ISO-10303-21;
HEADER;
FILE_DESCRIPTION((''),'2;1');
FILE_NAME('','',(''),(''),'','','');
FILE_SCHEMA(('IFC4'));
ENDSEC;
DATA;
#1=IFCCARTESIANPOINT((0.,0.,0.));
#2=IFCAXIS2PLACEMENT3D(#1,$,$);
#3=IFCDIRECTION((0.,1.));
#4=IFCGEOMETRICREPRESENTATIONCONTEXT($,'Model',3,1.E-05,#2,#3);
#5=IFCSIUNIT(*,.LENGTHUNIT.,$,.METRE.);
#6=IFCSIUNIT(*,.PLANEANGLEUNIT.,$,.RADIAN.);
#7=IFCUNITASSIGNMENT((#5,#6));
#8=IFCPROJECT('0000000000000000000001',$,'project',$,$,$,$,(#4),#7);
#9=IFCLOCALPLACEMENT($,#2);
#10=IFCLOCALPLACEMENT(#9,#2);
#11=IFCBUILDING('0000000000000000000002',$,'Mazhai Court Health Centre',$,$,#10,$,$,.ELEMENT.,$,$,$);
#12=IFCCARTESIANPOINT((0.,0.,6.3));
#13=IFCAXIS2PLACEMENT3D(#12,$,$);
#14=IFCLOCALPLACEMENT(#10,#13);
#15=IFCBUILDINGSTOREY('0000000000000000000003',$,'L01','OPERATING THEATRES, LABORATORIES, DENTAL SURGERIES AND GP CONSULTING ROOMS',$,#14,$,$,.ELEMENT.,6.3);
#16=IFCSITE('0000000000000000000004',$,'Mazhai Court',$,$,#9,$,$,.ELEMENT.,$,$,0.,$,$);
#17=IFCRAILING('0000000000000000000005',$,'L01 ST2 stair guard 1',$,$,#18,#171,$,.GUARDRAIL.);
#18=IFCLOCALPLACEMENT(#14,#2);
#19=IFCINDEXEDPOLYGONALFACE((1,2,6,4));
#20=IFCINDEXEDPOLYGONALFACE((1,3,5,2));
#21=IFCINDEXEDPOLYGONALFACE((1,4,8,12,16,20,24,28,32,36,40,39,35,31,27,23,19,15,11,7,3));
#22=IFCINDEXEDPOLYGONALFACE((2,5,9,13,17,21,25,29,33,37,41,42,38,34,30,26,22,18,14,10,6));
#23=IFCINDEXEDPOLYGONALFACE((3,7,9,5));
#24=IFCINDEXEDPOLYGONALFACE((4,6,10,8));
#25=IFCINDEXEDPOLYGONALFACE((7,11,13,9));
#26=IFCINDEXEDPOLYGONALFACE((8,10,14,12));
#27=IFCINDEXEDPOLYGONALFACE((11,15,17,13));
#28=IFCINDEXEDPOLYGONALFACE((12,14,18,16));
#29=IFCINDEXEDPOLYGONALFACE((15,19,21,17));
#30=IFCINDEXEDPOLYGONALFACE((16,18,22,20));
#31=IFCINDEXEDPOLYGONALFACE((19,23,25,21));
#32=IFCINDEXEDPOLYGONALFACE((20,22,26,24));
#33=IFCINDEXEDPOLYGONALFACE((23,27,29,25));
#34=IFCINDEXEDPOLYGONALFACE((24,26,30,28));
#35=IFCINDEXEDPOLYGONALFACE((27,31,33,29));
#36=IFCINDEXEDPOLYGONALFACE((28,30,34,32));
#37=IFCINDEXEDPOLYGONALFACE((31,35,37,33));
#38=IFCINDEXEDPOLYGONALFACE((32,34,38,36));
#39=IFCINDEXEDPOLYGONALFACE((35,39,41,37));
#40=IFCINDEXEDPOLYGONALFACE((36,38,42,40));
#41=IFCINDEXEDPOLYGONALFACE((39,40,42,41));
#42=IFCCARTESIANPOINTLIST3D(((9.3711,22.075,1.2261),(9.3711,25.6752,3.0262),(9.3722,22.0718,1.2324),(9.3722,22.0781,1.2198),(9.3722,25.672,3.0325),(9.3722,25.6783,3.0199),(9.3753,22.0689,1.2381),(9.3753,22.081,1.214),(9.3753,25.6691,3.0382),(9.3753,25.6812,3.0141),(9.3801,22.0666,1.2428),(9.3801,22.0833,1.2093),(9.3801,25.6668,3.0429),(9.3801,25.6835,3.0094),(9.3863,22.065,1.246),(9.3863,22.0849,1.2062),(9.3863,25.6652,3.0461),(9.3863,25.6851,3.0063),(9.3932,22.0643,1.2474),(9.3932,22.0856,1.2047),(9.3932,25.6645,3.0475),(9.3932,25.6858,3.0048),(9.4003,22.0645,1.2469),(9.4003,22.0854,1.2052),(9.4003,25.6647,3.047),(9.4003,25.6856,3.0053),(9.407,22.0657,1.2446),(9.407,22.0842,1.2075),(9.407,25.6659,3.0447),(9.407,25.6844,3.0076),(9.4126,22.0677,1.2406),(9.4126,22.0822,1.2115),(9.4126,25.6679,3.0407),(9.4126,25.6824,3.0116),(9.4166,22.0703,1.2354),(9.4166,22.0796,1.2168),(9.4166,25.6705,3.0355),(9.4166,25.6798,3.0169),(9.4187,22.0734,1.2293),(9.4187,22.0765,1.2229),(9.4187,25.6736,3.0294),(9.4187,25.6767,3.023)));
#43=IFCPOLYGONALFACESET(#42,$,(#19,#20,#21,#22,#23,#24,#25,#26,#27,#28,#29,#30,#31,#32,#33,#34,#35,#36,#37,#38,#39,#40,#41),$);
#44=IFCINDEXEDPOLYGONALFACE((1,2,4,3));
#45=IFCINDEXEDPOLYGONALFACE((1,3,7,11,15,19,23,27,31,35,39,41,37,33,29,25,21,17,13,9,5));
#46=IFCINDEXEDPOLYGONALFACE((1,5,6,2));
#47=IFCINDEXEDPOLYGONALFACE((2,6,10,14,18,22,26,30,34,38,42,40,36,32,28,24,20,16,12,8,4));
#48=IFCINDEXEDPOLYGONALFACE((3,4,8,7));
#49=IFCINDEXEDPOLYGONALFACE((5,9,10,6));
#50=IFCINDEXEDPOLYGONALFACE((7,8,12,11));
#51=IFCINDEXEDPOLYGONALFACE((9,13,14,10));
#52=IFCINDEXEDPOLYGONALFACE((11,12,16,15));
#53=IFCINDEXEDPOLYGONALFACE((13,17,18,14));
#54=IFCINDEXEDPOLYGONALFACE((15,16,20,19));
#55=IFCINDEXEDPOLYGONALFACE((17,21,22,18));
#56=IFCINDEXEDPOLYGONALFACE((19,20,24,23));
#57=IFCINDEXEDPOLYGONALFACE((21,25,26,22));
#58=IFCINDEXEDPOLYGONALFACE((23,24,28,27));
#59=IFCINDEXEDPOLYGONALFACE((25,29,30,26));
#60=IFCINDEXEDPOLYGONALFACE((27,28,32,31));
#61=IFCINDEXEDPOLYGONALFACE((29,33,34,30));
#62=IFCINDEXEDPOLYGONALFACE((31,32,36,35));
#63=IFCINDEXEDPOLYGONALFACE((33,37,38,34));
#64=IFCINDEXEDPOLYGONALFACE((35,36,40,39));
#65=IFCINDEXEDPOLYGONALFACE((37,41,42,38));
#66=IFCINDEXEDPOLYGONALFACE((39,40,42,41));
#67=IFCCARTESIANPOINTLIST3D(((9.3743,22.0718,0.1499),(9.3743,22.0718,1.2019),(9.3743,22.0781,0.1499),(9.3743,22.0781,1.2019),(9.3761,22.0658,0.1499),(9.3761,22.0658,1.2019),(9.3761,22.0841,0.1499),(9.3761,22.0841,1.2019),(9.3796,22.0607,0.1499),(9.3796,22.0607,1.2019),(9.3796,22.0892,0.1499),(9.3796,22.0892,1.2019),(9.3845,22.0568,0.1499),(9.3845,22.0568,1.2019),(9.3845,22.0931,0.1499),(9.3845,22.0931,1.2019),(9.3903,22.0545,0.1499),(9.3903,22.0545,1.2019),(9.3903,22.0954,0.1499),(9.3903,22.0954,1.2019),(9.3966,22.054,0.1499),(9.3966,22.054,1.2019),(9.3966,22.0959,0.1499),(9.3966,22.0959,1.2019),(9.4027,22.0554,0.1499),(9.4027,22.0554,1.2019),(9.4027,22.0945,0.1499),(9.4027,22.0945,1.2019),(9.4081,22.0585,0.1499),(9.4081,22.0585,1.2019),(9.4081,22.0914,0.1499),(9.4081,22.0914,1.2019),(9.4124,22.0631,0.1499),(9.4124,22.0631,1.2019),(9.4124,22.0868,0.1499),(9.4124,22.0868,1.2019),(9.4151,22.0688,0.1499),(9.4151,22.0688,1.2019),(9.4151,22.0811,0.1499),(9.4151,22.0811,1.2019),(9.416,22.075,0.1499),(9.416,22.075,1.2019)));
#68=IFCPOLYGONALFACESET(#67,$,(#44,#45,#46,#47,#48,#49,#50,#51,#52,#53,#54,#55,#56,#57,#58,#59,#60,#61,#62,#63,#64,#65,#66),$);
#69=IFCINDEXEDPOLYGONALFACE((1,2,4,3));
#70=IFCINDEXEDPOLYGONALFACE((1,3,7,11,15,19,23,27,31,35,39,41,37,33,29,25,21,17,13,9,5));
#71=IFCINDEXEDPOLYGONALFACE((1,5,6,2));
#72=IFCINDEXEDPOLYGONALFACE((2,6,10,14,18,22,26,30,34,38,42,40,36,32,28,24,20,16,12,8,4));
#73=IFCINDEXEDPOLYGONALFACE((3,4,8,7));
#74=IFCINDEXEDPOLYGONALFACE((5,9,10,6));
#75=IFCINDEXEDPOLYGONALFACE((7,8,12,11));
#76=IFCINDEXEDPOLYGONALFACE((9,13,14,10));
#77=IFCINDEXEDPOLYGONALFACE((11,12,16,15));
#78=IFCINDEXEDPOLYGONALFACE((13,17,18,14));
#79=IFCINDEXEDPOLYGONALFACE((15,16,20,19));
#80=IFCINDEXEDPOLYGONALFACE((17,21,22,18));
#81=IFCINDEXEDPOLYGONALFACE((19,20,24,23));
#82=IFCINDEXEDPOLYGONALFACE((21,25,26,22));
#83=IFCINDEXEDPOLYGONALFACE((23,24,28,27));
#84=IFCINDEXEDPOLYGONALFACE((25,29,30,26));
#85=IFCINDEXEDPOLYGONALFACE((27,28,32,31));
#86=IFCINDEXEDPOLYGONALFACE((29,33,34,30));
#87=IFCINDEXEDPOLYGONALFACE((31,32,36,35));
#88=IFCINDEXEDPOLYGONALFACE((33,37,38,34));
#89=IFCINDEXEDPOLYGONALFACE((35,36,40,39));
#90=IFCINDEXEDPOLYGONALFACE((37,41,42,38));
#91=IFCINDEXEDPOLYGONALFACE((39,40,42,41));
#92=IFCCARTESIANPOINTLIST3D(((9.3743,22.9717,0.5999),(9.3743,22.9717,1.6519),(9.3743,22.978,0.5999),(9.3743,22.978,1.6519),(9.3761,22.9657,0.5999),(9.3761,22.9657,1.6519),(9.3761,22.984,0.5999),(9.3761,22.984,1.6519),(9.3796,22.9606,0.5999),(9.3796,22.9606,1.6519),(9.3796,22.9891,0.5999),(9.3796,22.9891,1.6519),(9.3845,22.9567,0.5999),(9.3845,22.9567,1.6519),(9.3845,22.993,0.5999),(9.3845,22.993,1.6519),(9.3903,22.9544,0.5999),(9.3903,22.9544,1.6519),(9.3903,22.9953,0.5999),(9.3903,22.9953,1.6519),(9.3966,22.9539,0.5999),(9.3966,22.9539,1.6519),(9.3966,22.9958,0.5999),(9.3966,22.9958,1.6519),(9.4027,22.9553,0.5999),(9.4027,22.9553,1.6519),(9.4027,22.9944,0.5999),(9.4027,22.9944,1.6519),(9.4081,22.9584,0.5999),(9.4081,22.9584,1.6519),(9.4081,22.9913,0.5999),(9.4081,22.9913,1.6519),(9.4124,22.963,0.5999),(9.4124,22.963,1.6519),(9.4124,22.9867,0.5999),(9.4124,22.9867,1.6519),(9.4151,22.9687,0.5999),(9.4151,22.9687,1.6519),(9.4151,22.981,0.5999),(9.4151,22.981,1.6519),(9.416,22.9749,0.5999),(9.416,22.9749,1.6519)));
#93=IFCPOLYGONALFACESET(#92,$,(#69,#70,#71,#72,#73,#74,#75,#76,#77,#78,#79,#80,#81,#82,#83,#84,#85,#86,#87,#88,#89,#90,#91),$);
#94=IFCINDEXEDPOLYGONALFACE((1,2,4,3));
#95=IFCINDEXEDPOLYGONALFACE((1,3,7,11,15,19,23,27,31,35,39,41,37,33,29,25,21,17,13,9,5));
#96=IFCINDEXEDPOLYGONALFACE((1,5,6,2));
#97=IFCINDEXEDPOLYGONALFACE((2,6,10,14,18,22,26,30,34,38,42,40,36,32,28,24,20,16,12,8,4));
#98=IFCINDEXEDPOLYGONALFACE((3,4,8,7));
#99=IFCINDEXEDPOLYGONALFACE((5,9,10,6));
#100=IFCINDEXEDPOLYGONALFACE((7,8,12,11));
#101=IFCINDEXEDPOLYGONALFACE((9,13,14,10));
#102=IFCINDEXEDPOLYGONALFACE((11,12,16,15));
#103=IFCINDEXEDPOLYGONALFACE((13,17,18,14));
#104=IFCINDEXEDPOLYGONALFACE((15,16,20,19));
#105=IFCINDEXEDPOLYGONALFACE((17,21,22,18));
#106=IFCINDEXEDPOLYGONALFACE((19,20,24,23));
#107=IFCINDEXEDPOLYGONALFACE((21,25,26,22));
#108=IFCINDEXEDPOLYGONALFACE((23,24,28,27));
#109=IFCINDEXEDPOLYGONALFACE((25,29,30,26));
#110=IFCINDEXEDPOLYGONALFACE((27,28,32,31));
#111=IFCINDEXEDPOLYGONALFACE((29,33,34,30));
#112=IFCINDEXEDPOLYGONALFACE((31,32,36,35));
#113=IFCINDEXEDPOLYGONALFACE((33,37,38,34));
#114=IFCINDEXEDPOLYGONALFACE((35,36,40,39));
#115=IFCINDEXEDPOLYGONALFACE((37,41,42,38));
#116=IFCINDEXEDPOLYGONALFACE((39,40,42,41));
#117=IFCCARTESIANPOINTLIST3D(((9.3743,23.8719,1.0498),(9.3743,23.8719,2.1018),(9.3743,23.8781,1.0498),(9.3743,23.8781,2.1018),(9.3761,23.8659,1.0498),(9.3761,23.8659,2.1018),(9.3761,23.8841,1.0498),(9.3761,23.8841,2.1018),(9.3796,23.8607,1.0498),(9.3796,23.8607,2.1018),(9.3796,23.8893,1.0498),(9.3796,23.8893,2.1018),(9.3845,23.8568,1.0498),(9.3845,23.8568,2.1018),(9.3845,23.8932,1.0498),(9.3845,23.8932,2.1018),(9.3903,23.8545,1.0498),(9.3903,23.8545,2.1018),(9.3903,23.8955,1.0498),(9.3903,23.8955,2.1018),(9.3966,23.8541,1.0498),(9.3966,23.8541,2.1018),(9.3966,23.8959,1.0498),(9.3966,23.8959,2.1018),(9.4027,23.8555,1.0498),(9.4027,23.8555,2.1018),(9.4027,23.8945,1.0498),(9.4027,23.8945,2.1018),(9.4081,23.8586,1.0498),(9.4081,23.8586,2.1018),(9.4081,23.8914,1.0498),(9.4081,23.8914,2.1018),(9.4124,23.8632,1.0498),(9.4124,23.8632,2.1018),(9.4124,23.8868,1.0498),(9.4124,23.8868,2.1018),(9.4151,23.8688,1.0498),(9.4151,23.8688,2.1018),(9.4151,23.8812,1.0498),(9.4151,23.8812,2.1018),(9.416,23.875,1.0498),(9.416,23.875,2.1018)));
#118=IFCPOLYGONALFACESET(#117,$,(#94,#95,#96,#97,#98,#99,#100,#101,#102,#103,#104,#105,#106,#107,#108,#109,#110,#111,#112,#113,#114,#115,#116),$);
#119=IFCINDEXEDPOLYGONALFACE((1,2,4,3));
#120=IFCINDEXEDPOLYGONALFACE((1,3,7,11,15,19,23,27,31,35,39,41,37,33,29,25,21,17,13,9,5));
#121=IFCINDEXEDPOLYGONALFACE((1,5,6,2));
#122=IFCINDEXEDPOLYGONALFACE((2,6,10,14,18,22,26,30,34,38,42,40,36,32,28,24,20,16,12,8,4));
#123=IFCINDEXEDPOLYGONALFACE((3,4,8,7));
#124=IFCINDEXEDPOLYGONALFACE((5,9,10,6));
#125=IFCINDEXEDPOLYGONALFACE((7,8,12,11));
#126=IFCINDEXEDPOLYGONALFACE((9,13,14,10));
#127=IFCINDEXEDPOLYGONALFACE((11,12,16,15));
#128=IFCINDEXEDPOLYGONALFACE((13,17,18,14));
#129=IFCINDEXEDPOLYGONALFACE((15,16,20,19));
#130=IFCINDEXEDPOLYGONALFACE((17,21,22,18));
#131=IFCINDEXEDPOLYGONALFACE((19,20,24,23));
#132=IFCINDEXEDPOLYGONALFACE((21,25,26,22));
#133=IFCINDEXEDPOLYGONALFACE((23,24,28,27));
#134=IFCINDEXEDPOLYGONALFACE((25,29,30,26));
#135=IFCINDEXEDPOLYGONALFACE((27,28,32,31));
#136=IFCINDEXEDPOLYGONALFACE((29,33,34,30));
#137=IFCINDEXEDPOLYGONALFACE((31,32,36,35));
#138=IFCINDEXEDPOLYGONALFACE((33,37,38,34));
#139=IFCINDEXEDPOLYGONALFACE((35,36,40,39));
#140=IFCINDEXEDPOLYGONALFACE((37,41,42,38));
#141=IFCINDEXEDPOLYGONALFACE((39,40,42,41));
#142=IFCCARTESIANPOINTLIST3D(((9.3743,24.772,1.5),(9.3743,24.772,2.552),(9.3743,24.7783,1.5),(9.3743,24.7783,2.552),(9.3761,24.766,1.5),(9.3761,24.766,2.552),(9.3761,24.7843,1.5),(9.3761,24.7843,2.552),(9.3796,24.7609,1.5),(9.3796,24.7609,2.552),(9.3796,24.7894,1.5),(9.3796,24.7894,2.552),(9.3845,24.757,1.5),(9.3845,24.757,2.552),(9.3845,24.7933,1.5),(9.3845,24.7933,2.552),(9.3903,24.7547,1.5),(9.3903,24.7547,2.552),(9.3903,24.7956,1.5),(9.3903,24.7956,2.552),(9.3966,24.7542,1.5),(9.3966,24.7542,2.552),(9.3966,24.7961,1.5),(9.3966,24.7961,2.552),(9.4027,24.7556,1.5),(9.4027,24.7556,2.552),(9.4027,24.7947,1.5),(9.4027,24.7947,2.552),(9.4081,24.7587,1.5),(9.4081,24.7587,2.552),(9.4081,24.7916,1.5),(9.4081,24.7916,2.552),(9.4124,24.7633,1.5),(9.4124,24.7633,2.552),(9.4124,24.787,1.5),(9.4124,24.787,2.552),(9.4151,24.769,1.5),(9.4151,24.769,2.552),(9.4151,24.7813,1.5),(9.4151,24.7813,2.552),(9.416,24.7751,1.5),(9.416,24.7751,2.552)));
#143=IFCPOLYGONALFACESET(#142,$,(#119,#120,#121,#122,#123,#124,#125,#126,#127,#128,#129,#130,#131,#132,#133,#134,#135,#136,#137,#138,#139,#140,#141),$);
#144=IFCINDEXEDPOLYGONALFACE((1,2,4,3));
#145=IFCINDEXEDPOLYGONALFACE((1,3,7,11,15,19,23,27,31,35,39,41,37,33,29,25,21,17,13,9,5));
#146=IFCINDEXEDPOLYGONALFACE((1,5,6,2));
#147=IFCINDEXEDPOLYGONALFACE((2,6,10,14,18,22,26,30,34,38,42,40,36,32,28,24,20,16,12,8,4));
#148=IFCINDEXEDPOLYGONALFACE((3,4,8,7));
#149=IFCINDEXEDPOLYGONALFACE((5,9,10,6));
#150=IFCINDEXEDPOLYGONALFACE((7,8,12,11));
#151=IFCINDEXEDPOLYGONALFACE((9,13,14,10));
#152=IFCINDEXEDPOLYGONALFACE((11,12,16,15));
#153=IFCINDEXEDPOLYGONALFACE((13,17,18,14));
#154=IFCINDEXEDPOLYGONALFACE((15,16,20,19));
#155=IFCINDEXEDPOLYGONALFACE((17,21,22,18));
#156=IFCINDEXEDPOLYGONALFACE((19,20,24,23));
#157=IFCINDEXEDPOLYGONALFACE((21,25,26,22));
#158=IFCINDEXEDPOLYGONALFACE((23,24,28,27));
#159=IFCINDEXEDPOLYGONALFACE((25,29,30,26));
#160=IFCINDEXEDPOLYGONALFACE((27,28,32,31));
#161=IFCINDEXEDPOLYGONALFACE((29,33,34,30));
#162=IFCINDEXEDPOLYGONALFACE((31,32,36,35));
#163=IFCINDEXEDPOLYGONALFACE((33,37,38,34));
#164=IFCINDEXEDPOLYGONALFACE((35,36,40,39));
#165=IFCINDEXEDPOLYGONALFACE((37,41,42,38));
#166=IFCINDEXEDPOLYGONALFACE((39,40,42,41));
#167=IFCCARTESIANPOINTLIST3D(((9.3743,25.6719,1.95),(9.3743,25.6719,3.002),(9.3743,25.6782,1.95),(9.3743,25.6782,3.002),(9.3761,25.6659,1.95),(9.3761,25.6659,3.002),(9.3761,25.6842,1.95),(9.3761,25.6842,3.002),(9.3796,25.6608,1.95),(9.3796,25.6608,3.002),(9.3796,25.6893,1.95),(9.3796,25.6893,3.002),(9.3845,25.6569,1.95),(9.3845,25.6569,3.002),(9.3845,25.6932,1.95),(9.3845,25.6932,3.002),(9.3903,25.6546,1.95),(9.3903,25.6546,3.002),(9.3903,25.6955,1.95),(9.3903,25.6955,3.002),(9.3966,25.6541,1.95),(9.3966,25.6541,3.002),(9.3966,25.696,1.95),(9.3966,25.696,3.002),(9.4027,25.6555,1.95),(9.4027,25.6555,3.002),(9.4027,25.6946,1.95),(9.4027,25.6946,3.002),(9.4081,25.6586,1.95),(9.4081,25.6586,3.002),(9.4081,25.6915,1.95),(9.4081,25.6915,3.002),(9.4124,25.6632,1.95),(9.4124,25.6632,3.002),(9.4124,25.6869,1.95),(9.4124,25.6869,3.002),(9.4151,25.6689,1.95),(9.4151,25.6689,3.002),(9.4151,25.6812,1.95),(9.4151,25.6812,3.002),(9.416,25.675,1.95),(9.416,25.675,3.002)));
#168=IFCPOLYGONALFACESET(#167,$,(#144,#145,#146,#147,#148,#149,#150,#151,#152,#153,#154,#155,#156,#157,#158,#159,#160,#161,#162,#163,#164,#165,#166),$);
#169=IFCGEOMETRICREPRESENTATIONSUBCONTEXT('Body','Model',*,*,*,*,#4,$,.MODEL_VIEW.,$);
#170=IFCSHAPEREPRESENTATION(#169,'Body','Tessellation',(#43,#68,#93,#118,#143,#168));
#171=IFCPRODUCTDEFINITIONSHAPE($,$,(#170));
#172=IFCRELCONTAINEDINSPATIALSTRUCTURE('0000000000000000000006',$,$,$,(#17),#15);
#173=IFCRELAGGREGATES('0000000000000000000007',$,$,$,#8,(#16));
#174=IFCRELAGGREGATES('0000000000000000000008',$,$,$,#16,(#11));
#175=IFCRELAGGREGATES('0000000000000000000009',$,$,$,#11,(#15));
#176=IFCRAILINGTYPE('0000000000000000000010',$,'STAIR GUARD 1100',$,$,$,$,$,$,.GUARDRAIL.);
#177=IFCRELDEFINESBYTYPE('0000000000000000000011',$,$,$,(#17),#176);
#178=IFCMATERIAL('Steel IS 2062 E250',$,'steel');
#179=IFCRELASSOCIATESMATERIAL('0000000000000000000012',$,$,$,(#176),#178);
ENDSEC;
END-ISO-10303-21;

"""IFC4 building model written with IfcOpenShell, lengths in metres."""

from ifc_helpers import new_model, si_unit, direction, frame, origin, origin_2d, place, context, subcontext, project, spatial, circle, extrude, material, type_object, element, save


model = new_model("IFC4")

# Units and contexts
model_context = context("Model", 3, precision=1e-05, world=origin(), true_north=direction((0.0, 1.0)))
body_context = subcontext(model_context, "Body", "Model", "MODEL_VIEW")
ifc_project = project(units=[si_unit("LENGTHUNIT", "METRE"), si_unit("PLANEANGLEUNIT", "RADIAN")], contexts=[model_context])

# Site, building, storey
site_placement = place(None, origin())
site = spatial("IfcSite", under=ifc_project, at=site_placement, Name="Mazhai Court", CompositionType="ELEMENT", RefElevation=0.0)
building_placement = place(site_placement, origin())
building = spatial("IfcBuilding", under=site, at=building_placement, Name="Mazhai Court Health Centre", CompositionType="ELEMENT")
storey_placement = place(building_placement, frame((0.0, 0.0, 6.3)))
storey = spatial("IfcBuildingStorey", under=building, at=storey_placement, Name="L01", Description="OPERATING THEATRES, LABORATORIES, DENTAL SURGERIES AND GP CONSULTING ROOMS", CompositionType="ELEMENT", Elevation=6.3)

# Railing
ifc_material_1 = material(Name="Steel IS 2062 E250", Category="steel")
railing_type_1 = type_object("IfcRailingType", Name="STAIR GUARD 1100", PredefinedType="GUARDRAIL", material=ifc_material_1)
railing_1_placement = place(storey_placement, frame((9.395, 22.075, 0.1499)))
element("IfcRailing", 1, at=railing_1_placement, inside=storey, type_object=railing_type_1, Name="L01 ST2 stair guard 1", PredefinedType="GUARDRAIL", context=body_context, shape_type="SweptSolid", body=[
    extrude(circle(Radius=0.0239, at=origin_2d()), frame((0.0, 0.0, 1.0762), z_axis=(0.0, 0.894427, 0.447214), x_axis=(-1.0, 0.0, 0.0)), (0.0, 0.0, 1.0), 4.0251),
    extrude(circle(Radius=0.021, at=origin_2d()), origin(), (0.0, 0.0, 1.0), 1.052),
    extrude(circle(Radius=0.021, at=origin_2d()), frame((0.0, 0.8999, 0.45)), (0.0, 0.0, 1.0), 1.052),
    extrude(circle(Radius=0.021, at=origin_2d()), frame((0.0, 1.8, 0.8999)), (0.0, 0.0, 1.0), 1.052),
    extrude(circle(Radius=0.021, at=origin_2d()), frame((0.0, 2.7002, 1.3501)), (0.0, 0.0, 1.0), 1.052),
    extrude(circle(Radius=0.021, at=origin_2d()), frame((0.0, 3.6001, 1.8)), (0.0, 0.0, 1.0), 1.052),
])

save(model, "model.ifc")
